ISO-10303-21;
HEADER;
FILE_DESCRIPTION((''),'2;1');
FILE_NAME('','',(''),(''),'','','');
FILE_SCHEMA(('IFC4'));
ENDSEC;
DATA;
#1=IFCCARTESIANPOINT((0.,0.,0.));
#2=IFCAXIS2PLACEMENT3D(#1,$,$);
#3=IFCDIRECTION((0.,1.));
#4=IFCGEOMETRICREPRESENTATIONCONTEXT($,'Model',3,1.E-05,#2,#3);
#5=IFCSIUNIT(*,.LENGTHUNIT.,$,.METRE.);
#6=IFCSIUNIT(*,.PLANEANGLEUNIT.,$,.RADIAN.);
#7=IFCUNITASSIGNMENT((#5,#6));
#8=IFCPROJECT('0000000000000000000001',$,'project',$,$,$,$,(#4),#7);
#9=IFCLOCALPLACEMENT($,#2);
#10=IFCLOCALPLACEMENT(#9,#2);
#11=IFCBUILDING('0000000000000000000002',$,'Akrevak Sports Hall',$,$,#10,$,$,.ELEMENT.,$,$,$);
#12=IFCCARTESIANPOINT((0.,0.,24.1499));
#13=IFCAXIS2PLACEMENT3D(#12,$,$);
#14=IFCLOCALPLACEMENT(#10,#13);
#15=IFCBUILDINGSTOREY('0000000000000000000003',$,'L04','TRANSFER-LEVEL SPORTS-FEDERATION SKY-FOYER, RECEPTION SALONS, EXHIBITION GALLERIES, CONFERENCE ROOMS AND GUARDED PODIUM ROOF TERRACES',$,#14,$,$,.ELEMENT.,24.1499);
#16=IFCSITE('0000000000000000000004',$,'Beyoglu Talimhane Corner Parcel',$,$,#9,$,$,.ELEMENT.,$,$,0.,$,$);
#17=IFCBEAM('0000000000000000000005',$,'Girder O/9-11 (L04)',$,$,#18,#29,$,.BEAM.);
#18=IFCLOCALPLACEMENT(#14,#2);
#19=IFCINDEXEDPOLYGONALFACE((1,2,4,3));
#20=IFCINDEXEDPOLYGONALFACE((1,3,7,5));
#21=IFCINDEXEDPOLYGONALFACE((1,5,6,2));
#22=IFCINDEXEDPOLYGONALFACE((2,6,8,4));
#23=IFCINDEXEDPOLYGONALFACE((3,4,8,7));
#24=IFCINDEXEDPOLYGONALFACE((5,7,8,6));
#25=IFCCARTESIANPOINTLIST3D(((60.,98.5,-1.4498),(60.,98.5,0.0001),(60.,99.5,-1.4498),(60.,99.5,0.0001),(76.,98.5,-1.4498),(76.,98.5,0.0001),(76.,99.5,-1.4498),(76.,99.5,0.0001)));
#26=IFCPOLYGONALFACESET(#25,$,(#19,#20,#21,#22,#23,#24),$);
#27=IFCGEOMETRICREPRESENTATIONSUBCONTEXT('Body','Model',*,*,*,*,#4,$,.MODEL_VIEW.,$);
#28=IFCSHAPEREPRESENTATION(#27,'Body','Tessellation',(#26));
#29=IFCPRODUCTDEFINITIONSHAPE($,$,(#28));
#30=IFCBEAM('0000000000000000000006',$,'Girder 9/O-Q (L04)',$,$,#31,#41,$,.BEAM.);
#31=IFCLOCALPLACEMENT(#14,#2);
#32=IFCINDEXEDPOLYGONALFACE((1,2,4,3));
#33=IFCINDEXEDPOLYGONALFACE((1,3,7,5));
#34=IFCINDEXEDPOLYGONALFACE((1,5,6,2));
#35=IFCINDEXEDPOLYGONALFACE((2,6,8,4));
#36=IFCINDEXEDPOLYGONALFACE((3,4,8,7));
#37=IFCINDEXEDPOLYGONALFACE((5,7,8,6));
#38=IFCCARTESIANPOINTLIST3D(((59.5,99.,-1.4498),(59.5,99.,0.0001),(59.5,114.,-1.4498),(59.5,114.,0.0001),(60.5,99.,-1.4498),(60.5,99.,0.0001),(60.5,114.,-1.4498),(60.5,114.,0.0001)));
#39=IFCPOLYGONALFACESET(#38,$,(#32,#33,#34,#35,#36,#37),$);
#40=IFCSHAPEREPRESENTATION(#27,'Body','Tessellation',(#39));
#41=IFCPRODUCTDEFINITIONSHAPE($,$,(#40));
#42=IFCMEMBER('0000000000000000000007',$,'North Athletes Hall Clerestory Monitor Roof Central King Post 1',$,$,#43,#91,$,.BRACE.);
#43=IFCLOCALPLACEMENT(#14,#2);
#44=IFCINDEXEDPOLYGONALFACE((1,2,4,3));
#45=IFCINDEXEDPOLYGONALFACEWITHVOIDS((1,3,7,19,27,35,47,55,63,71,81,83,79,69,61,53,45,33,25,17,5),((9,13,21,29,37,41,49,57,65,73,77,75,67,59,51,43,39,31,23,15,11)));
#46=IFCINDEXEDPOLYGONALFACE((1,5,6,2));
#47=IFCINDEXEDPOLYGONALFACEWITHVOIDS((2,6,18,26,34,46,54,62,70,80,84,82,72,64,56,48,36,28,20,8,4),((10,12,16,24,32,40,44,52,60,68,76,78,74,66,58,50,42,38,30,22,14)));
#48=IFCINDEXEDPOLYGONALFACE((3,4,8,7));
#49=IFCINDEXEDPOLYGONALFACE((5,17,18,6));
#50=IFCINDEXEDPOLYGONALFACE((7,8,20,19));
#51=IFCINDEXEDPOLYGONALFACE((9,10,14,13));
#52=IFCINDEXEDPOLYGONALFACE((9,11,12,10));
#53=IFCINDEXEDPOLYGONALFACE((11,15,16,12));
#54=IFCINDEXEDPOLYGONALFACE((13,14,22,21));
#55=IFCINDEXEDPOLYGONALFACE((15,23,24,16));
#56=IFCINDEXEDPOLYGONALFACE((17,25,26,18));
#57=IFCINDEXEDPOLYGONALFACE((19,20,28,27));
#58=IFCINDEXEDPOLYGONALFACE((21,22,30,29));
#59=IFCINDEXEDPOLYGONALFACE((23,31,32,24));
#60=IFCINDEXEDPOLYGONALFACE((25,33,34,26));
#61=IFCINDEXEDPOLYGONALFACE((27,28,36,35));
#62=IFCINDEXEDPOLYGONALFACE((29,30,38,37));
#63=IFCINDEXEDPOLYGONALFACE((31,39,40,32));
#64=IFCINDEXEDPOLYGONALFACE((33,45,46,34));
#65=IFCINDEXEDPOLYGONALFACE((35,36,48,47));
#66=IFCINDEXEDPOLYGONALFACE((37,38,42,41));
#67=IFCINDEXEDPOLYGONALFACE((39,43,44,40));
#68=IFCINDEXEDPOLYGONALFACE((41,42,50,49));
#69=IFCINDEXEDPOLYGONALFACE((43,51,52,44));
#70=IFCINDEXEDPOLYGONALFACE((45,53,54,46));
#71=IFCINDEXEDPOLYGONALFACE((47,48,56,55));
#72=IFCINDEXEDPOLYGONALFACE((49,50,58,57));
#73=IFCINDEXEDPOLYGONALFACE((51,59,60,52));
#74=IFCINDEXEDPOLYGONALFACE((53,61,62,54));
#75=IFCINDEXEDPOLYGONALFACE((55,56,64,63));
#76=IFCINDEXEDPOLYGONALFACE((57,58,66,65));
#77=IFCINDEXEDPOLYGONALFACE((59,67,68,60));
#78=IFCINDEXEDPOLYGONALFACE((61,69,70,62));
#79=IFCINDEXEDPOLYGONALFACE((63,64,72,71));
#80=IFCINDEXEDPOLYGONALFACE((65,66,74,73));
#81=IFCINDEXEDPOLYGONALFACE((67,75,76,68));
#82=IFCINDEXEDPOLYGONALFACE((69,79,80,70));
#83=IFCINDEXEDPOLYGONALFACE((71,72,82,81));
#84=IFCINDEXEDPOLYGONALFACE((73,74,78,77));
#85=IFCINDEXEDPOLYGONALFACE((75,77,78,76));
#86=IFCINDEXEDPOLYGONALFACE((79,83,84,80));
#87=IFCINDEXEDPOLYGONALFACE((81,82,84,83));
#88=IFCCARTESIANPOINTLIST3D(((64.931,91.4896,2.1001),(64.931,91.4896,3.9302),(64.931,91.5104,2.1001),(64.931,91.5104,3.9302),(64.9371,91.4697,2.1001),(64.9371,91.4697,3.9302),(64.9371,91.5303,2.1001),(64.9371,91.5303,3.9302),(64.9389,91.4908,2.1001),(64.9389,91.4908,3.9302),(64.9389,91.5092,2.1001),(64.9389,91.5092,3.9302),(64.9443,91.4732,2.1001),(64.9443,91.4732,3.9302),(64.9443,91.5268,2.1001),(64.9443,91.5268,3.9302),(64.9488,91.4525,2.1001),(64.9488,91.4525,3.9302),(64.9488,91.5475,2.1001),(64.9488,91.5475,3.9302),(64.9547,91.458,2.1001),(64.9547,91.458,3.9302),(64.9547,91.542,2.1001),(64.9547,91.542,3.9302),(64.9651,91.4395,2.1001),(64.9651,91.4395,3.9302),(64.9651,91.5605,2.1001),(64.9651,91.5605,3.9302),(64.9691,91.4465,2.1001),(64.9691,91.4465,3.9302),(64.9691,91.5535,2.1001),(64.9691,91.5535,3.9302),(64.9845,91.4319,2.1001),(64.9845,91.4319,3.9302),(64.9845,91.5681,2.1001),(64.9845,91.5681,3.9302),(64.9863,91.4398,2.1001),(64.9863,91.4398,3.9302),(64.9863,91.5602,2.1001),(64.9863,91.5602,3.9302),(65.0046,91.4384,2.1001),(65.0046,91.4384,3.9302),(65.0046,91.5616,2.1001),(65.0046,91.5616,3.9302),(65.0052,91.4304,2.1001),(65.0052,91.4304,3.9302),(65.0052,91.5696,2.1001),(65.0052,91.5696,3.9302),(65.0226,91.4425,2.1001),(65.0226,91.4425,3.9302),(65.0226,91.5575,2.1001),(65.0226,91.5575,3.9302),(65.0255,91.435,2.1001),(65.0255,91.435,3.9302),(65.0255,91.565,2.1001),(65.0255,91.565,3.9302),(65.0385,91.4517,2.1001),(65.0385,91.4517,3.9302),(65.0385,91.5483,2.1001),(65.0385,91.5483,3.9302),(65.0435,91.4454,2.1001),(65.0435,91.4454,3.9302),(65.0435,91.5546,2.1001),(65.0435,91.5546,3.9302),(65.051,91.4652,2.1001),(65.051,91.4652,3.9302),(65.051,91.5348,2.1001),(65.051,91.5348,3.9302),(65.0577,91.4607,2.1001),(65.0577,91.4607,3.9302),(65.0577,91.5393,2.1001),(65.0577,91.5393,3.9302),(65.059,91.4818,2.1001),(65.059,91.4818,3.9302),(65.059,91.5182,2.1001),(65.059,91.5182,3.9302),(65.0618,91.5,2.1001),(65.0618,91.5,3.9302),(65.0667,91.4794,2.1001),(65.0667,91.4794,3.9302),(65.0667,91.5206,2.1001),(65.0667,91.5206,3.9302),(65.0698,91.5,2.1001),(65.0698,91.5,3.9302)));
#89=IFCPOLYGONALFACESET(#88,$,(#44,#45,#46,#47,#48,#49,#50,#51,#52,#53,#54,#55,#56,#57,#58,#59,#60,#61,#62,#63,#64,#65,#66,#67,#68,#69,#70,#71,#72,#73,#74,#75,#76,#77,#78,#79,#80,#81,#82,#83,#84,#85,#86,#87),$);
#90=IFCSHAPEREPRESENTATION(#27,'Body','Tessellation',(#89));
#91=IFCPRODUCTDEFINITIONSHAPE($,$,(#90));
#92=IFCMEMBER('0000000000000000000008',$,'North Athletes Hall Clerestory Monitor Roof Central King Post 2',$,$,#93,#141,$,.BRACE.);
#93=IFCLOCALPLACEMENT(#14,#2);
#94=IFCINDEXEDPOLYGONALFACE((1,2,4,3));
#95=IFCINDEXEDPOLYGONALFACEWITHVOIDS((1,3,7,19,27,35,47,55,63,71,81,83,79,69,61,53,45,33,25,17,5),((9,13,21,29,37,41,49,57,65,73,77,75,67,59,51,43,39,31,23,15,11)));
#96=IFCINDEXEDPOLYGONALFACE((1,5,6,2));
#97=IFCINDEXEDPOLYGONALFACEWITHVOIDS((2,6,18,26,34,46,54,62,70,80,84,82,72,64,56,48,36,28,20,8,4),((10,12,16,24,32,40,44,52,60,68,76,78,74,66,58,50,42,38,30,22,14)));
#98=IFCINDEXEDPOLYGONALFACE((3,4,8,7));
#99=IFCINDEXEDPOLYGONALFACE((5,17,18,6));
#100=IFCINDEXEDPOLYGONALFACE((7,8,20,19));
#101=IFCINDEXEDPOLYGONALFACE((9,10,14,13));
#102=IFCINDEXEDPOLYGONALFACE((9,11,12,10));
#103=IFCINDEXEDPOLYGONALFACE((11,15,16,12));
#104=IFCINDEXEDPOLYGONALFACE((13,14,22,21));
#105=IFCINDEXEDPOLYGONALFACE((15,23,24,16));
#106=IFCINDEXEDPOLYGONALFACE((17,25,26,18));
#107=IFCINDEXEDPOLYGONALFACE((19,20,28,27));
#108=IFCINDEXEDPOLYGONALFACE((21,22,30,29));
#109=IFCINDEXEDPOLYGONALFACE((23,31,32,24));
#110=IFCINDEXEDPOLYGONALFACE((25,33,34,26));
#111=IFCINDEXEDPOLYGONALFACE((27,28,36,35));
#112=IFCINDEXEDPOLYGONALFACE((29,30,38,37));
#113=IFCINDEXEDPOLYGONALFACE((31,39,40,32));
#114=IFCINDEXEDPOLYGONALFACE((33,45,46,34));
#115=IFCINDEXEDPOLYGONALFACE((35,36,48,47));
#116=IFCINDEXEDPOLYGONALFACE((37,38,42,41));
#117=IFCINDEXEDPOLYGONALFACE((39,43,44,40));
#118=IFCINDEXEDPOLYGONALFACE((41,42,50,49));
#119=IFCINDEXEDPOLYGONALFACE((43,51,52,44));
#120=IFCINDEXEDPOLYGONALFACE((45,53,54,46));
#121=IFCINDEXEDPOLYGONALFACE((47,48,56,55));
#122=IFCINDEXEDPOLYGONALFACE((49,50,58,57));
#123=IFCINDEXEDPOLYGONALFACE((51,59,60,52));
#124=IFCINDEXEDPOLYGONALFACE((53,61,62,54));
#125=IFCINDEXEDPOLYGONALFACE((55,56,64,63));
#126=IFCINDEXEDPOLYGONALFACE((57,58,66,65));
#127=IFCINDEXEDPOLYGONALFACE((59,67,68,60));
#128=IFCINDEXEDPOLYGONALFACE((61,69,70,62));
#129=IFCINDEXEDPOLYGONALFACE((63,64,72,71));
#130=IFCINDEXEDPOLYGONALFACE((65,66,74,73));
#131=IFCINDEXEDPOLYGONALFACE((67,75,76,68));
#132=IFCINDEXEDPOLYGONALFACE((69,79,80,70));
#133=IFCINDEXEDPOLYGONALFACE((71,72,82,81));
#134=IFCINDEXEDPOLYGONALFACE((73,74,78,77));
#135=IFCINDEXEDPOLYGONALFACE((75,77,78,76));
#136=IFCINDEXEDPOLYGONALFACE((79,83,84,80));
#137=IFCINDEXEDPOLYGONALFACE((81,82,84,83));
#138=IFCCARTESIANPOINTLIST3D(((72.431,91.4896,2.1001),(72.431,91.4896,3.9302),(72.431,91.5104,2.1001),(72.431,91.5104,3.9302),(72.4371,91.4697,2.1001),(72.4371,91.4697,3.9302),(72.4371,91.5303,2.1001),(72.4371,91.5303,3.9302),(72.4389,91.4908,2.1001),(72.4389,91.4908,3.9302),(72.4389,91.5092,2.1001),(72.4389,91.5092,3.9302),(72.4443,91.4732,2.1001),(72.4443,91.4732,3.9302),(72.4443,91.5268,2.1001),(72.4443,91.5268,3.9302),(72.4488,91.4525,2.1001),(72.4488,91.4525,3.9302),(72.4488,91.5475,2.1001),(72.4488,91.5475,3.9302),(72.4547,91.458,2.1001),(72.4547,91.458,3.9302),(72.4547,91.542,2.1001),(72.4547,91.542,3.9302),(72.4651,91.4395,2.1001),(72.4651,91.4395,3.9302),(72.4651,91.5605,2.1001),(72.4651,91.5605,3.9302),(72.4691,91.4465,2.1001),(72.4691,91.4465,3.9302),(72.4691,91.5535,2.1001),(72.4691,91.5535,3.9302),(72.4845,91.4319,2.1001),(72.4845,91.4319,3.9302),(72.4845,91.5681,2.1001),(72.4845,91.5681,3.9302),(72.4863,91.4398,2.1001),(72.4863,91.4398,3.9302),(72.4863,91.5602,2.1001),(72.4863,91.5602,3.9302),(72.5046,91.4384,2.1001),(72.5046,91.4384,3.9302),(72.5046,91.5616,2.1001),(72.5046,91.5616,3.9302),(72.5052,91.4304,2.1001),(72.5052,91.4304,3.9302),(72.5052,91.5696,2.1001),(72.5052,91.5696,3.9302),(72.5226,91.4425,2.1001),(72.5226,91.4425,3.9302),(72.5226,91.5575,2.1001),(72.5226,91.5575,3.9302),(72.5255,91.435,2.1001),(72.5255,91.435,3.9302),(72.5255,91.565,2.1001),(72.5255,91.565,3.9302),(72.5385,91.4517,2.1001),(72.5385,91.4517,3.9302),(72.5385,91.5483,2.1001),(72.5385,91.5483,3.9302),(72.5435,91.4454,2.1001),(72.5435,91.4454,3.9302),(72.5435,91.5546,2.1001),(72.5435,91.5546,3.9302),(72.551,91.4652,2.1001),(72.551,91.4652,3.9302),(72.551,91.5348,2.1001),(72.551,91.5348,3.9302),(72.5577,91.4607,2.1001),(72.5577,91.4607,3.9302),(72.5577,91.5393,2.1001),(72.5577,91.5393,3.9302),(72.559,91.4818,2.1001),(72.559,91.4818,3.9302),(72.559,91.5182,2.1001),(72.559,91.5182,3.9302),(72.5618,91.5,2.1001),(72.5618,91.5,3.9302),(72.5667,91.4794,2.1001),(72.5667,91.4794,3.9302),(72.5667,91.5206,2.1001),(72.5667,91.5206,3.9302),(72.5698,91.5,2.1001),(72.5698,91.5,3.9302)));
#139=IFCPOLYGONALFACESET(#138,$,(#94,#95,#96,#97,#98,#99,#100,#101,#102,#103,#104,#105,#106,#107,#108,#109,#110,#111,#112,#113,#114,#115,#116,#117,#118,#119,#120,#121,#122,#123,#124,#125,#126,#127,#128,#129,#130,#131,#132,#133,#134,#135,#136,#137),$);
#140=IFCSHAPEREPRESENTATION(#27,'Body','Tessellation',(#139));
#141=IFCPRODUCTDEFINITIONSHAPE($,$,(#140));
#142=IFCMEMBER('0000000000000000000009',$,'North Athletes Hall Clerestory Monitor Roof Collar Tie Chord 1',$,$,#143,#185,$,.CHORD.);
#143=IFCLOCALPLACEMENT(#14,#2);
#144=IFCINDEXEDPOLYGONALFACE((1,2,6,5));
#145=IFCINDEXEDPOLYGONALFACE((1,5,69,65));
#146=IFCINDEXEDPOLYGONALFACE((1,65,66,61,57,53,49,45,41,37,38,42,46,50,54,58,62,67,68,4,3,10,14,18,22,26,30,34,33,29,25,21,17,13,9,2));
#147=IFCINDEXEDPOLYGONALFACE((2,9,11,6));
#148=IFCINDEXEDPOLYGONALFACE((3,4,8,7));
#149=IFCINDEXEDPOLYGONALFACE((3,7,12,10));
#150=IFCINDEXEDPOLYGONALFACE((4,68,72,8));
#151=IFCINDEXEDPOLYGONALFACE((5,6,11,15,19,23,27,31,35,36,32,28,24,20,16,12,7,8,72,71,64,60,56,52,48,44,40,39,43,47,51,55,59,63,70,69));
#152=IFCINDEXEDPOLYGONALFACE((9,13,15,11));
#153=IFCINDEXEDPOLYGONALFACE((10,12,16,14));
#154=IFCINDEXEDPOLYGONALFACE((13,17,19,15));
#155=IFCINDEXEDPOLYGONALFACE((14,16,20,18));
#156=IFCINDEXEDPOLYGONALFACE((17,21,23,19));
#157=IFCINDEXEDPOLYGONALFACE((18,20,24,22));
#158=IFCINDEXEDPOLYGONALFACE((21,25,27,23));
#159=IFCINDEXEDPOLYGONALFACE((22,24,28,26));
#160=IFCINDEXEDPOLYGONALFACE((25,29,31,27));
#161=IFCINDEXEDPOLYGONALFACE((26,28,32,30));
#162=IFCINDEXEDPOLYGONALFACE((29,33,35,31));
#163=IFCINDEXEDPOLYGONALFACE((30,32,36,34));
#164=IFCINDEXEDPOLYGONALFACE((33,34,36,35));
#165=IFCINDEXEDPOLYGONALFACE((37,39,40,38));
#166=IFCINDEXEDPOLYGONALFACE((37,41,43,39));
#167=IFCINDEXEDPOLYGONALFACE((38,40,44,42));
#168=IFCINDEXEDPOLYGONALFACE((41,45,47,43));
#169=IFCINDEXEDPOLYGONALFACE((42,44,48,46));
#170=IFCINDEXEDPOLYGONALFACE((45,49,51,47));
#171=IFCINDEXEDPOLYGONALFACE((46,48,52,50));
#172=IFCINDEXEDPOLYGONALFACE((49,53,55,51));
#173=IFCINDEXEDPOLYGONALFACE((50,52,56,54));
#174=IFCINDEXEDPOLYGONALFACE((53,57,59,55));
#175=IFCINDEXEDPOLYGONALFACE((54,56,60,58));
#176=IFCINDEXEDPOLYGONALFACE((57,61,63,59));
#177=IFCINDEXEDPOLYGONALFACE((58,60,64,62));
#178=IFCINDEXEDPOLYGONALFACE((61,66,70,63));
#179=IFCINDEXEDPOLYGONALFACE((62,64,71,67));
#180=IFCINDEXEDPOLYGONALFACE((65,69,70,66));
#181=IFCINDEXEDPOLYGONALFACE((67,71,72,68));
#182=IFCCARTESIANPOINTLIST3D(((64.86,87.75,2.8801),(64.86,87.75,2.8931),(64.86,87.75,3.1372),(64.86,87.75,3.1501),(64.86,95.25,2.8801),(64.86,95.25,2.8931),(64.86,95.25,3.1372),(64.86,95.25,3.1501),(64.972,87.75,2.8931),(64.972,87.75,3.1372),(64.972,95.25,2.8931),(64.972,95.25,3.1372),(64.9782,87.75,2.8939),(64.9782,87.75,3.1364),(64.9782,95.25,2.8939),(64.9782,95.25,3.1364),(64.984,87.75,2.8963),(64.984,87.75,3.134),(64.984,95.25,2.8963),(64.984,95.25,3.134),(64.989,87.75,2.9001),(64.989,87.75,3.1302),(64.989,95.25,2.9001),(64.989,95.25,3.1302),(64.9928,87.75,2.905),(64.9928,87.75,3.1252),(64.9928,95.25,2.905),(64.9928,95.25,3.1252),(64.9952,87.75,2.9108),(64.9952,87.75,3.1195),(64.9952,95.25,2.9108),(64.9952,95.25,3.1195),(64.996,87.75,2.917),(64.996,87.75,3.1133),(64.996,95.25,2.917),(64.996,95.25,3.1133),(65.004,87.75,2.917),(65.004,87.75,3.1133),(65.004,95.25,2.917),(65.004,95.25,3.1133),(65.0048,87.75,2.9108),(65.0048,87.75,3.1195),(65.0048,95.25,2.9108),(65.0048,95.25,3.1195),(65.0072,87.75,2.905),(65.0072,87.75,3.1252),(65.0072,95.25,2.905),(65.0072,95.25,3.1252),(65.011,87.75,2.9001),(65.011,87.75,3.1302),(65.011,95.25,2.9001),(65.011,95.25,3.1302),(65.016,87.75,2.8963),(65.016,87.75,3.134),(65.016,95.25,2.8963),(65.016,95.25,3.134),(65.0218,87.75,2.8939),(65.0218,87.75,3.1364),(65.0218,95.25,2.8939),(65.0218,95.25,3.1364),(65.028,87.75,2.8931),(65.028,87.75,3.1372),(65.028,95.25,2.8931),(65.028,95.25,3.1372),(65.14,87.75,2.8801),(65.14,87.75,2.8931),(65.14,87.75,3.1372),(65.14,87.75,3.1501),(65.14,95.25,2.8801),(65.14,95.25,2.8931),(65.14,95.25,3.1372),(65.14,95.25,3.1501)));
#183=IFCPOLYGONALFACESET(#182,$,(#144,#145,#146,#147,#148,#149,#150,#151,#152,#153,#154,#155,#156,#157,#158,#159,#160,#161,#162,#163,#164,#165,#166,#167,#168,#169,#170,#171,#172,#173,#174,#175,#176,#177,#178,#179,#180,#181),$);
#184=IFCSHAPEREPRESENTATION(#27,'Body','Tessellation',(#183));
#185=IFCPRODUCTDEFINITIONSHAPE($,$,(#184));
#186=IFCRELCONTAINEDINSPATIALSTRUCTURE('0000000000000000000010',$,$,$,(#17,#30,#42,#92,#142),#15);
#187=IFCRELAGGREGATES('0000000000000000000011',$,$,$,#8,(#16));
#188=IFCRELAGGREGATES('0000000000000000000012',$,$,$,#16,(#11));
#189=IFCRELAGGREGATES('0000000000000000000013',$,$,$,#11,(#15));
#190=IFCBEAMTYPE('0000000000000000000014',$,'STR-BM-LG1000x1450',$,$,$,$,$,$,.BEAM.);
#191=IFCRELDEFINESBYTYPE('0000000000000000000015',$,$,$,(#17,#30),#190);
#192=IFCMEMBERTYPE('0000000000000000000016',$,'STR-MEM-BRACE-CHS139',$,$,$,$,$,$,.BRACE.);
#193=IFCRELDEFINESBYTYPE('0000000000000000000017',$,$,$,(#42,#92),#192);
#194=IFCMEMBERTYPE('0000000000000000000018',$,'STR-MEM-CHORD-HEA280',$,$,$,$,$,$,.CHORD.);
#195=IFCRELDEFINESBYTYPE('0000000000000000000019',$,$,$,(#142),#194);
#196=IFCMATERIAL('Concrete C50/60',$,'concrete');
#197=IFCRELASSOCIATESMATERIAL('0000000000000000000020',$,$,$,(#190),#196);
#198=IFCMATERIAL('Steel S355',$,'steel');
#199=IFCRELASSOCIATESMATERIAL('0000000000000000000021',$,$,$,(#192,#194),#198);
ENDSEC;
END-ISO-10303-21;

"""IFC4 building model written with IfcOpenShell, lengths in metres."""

from ifc_helpers import new_model, si_unit, direction, frame, origin, origin_2d, place, context, subcontext, project, spatial, rectangle, hollow_circle, i_section, extrude, material, material_profile, profile_set, type_object, element, save


model = new_model("IFC4")

# Units and contexts
model_context = context("Model", 3, precision=1e-05, world=origin(), true_north=direction((0.0, 1.0)))
body_context = subcontext(model_context, "Body", "Model", "MODEL_VIEW")
ifc_project = project(units=[si_unit("LENGTHUNIT", "METRE"), si_unit("PLANEANGLEUNIT", "RADIAN")], contexts=[model_context])

# Site, building, storey
site_placement = place(None, origin())
site = spatial("IfcSite", under=ifc_project, at=site_placement, Name="Beyoglu Talimhane Corner Parcel", CompositionType="ELEMENT", RefElevation=0.0)
building_placement = place(site_placement, origin())
building = spatial("IfcBuilding", under=site, at=building_placement, Name="Akrevak Sports Hall", CompositionType="ELEMENT")
storey_placement = place(building_placement, frame((0.0, 0.0, 24.1499)))
storey = spatial("IfcBuildingStorey", under=building, at=storey_placement, Name="L04", Description="TRANSFER-LEVEL SPORTS-FEDERATION SKY-FOYER, RECEPTION SALONS, EXHIBITION GALLERIES, CONFERENCE ROOMS AND GUARDED PODIUM ROOF TERRACES", CompositionType="ELEMENT", Elevation=24.1499)

# Beams
ifc_material_1 = material(Name="Concrete C50/60", Category="concrete")
ifc_material_profile_1 = material_profile(ifc_material_1, rectangle(XDim=1.0, YDim=1.45, at=origin_2d()), Name="BM 1000x1450", Category="concrete")
ifc_profile_set_1 = profile_set([ifc_material_profile_1], Name="Concrete C50/60")
beam_type_1 = type_object("IfcBeamType", Name="STR-BM-LG1000x1450", PredefinedType="BEAM", material=ifc_profile_set_1)
beam_1_placement = place(storey_placement, frame((60.0, 99.0, -0.7249), z_axis=(1.0, 0.0, 0.0), x_axis=(0.0, 1.0, 0.0)))
element("IfcBeam", 1, at=beam_1_placement, inside=storey, type_object=beam_type_1, Name="Girder O/9-11 (L04)", PredefinedType="BEAM", context=body_context, shape_type="SweptSolid", body=[
    extrude(rectangle(XDim=1.0, YDim=1.45, at=origin_2d()), origin(), (0.0, 0.0, 1.0), 16.0),
])
beam_2_placement = place(storey_placement, frame((60.0, 99.0, -0.7249), z_axis=(0.0, 1.0, 0.0), x_axis=(-1.0, 0.0, 0.0)))
element("IfcBeam", 2, at=beam_2_placement, inside=storey, type_object=beam_type_1, Name="Girder 9/O-Q (L04)", PredefinedType="BEAM", context=body_context, shape_type="SweptSolid", body=[
    extrude(rectangle(XDim=1.0, YDim=1.45, at=origin_2d()), origin(), (0.0, 0.0, 1.0), 15.0),
])

# Members
ifc_material_2 = material(Name="Steel S355", Category="steel")
ifc_material_profile_2 = material_profile(ifc_material_2, hollow_circle(Radius=0.0698, WallThickness=0.0081, at=origin_2d()), Name="CHS 139.7x8", Category="steel")
ifc_profile_set_2 = profile_set([ifc_material_profile_2], Name="Steel S355")
member_type_1 = type_object("IfcMemberType", Name="STR-MEM-BRACE-CHS139", PredefinedType="BRACE", material=ifc_profile_set_2)
for number, where, z_axis, x_axis, name in (
    (3, (65.0, 91.5, 2.1001), (0.0, 0.0, 1.0), (1.0, 0.0, 0.0), "North Athletes Hall Clerestory Monitor Roof Central King Post 1"),
    (4, (72.5, 91.5, 2.1001), (0.0, 0.0, 1.0), (1.0, 0.0, 0.0), "North Athletes Hall Clerestory Monitor Roof Central King Post 2"),
):
    element("IfcMember", number, at=place(storey_placement, frame(where, z_axis=z_axis, x_axis=x_axis)), inside=storey, type_object=member_type_1, Name=name, PredefinedType="BRACE", context=body_context, shape_type="SweptSolid", body=[
        extrude(hollow_circle(Radius=0.0698, WallThickness=0.0081, at=origin_2d()), origin(), (0.0, 0.0, 1.0), 1.8301),
    ])
ifc_material_profile_3 = material_profile(ifc_material_2, i_section(OverallWidth=0.28, OverallDepth=0.27, WebThickness=0.0081, FlangeThickness=0.0129, FilletRadius=0.0239, at=origin_2d()), Name="HEA 280", Category="steel")
ifc_profile_set_3 = profile_set([ifc_material_profile_3], Name="Steel S355")
member_type_2 = type_object("IfcMemberType", Name="STR-MEM-CHORD-HEA280", PredefinedType="CHORD", material=ifc_profile_set_3)
for number, where, z_axis, x_axis, name in (
    (5, (65.0, 87.75, 3.0151), (0.0, 1.0, 0.0), (-1.0, 0.0, 0.0), "North Athletes Hall Clerestory Monitor Roof Collar Tie Chord 1"),
):
    element("IfcMember", number, at=place(storey_placement, frame(where, z_axis=z_axis, x_axis=x_axis)), inside=storey, type_object=member_type_2, Name=name, PredefinedType="CHORD", context=body_context, shape_type="SweptSolid", body=[
        extrude(i_section(OverallWidth=0.28, OverallDepth=0.27, WebThickness=0.0081, FlangeThickness=0.0129, FilletRadius=0.0239, at=origin_2d()), origin(), (0.0, 0.0, 1.0), 7.5),
    ])

save(model, "model.ifc")
